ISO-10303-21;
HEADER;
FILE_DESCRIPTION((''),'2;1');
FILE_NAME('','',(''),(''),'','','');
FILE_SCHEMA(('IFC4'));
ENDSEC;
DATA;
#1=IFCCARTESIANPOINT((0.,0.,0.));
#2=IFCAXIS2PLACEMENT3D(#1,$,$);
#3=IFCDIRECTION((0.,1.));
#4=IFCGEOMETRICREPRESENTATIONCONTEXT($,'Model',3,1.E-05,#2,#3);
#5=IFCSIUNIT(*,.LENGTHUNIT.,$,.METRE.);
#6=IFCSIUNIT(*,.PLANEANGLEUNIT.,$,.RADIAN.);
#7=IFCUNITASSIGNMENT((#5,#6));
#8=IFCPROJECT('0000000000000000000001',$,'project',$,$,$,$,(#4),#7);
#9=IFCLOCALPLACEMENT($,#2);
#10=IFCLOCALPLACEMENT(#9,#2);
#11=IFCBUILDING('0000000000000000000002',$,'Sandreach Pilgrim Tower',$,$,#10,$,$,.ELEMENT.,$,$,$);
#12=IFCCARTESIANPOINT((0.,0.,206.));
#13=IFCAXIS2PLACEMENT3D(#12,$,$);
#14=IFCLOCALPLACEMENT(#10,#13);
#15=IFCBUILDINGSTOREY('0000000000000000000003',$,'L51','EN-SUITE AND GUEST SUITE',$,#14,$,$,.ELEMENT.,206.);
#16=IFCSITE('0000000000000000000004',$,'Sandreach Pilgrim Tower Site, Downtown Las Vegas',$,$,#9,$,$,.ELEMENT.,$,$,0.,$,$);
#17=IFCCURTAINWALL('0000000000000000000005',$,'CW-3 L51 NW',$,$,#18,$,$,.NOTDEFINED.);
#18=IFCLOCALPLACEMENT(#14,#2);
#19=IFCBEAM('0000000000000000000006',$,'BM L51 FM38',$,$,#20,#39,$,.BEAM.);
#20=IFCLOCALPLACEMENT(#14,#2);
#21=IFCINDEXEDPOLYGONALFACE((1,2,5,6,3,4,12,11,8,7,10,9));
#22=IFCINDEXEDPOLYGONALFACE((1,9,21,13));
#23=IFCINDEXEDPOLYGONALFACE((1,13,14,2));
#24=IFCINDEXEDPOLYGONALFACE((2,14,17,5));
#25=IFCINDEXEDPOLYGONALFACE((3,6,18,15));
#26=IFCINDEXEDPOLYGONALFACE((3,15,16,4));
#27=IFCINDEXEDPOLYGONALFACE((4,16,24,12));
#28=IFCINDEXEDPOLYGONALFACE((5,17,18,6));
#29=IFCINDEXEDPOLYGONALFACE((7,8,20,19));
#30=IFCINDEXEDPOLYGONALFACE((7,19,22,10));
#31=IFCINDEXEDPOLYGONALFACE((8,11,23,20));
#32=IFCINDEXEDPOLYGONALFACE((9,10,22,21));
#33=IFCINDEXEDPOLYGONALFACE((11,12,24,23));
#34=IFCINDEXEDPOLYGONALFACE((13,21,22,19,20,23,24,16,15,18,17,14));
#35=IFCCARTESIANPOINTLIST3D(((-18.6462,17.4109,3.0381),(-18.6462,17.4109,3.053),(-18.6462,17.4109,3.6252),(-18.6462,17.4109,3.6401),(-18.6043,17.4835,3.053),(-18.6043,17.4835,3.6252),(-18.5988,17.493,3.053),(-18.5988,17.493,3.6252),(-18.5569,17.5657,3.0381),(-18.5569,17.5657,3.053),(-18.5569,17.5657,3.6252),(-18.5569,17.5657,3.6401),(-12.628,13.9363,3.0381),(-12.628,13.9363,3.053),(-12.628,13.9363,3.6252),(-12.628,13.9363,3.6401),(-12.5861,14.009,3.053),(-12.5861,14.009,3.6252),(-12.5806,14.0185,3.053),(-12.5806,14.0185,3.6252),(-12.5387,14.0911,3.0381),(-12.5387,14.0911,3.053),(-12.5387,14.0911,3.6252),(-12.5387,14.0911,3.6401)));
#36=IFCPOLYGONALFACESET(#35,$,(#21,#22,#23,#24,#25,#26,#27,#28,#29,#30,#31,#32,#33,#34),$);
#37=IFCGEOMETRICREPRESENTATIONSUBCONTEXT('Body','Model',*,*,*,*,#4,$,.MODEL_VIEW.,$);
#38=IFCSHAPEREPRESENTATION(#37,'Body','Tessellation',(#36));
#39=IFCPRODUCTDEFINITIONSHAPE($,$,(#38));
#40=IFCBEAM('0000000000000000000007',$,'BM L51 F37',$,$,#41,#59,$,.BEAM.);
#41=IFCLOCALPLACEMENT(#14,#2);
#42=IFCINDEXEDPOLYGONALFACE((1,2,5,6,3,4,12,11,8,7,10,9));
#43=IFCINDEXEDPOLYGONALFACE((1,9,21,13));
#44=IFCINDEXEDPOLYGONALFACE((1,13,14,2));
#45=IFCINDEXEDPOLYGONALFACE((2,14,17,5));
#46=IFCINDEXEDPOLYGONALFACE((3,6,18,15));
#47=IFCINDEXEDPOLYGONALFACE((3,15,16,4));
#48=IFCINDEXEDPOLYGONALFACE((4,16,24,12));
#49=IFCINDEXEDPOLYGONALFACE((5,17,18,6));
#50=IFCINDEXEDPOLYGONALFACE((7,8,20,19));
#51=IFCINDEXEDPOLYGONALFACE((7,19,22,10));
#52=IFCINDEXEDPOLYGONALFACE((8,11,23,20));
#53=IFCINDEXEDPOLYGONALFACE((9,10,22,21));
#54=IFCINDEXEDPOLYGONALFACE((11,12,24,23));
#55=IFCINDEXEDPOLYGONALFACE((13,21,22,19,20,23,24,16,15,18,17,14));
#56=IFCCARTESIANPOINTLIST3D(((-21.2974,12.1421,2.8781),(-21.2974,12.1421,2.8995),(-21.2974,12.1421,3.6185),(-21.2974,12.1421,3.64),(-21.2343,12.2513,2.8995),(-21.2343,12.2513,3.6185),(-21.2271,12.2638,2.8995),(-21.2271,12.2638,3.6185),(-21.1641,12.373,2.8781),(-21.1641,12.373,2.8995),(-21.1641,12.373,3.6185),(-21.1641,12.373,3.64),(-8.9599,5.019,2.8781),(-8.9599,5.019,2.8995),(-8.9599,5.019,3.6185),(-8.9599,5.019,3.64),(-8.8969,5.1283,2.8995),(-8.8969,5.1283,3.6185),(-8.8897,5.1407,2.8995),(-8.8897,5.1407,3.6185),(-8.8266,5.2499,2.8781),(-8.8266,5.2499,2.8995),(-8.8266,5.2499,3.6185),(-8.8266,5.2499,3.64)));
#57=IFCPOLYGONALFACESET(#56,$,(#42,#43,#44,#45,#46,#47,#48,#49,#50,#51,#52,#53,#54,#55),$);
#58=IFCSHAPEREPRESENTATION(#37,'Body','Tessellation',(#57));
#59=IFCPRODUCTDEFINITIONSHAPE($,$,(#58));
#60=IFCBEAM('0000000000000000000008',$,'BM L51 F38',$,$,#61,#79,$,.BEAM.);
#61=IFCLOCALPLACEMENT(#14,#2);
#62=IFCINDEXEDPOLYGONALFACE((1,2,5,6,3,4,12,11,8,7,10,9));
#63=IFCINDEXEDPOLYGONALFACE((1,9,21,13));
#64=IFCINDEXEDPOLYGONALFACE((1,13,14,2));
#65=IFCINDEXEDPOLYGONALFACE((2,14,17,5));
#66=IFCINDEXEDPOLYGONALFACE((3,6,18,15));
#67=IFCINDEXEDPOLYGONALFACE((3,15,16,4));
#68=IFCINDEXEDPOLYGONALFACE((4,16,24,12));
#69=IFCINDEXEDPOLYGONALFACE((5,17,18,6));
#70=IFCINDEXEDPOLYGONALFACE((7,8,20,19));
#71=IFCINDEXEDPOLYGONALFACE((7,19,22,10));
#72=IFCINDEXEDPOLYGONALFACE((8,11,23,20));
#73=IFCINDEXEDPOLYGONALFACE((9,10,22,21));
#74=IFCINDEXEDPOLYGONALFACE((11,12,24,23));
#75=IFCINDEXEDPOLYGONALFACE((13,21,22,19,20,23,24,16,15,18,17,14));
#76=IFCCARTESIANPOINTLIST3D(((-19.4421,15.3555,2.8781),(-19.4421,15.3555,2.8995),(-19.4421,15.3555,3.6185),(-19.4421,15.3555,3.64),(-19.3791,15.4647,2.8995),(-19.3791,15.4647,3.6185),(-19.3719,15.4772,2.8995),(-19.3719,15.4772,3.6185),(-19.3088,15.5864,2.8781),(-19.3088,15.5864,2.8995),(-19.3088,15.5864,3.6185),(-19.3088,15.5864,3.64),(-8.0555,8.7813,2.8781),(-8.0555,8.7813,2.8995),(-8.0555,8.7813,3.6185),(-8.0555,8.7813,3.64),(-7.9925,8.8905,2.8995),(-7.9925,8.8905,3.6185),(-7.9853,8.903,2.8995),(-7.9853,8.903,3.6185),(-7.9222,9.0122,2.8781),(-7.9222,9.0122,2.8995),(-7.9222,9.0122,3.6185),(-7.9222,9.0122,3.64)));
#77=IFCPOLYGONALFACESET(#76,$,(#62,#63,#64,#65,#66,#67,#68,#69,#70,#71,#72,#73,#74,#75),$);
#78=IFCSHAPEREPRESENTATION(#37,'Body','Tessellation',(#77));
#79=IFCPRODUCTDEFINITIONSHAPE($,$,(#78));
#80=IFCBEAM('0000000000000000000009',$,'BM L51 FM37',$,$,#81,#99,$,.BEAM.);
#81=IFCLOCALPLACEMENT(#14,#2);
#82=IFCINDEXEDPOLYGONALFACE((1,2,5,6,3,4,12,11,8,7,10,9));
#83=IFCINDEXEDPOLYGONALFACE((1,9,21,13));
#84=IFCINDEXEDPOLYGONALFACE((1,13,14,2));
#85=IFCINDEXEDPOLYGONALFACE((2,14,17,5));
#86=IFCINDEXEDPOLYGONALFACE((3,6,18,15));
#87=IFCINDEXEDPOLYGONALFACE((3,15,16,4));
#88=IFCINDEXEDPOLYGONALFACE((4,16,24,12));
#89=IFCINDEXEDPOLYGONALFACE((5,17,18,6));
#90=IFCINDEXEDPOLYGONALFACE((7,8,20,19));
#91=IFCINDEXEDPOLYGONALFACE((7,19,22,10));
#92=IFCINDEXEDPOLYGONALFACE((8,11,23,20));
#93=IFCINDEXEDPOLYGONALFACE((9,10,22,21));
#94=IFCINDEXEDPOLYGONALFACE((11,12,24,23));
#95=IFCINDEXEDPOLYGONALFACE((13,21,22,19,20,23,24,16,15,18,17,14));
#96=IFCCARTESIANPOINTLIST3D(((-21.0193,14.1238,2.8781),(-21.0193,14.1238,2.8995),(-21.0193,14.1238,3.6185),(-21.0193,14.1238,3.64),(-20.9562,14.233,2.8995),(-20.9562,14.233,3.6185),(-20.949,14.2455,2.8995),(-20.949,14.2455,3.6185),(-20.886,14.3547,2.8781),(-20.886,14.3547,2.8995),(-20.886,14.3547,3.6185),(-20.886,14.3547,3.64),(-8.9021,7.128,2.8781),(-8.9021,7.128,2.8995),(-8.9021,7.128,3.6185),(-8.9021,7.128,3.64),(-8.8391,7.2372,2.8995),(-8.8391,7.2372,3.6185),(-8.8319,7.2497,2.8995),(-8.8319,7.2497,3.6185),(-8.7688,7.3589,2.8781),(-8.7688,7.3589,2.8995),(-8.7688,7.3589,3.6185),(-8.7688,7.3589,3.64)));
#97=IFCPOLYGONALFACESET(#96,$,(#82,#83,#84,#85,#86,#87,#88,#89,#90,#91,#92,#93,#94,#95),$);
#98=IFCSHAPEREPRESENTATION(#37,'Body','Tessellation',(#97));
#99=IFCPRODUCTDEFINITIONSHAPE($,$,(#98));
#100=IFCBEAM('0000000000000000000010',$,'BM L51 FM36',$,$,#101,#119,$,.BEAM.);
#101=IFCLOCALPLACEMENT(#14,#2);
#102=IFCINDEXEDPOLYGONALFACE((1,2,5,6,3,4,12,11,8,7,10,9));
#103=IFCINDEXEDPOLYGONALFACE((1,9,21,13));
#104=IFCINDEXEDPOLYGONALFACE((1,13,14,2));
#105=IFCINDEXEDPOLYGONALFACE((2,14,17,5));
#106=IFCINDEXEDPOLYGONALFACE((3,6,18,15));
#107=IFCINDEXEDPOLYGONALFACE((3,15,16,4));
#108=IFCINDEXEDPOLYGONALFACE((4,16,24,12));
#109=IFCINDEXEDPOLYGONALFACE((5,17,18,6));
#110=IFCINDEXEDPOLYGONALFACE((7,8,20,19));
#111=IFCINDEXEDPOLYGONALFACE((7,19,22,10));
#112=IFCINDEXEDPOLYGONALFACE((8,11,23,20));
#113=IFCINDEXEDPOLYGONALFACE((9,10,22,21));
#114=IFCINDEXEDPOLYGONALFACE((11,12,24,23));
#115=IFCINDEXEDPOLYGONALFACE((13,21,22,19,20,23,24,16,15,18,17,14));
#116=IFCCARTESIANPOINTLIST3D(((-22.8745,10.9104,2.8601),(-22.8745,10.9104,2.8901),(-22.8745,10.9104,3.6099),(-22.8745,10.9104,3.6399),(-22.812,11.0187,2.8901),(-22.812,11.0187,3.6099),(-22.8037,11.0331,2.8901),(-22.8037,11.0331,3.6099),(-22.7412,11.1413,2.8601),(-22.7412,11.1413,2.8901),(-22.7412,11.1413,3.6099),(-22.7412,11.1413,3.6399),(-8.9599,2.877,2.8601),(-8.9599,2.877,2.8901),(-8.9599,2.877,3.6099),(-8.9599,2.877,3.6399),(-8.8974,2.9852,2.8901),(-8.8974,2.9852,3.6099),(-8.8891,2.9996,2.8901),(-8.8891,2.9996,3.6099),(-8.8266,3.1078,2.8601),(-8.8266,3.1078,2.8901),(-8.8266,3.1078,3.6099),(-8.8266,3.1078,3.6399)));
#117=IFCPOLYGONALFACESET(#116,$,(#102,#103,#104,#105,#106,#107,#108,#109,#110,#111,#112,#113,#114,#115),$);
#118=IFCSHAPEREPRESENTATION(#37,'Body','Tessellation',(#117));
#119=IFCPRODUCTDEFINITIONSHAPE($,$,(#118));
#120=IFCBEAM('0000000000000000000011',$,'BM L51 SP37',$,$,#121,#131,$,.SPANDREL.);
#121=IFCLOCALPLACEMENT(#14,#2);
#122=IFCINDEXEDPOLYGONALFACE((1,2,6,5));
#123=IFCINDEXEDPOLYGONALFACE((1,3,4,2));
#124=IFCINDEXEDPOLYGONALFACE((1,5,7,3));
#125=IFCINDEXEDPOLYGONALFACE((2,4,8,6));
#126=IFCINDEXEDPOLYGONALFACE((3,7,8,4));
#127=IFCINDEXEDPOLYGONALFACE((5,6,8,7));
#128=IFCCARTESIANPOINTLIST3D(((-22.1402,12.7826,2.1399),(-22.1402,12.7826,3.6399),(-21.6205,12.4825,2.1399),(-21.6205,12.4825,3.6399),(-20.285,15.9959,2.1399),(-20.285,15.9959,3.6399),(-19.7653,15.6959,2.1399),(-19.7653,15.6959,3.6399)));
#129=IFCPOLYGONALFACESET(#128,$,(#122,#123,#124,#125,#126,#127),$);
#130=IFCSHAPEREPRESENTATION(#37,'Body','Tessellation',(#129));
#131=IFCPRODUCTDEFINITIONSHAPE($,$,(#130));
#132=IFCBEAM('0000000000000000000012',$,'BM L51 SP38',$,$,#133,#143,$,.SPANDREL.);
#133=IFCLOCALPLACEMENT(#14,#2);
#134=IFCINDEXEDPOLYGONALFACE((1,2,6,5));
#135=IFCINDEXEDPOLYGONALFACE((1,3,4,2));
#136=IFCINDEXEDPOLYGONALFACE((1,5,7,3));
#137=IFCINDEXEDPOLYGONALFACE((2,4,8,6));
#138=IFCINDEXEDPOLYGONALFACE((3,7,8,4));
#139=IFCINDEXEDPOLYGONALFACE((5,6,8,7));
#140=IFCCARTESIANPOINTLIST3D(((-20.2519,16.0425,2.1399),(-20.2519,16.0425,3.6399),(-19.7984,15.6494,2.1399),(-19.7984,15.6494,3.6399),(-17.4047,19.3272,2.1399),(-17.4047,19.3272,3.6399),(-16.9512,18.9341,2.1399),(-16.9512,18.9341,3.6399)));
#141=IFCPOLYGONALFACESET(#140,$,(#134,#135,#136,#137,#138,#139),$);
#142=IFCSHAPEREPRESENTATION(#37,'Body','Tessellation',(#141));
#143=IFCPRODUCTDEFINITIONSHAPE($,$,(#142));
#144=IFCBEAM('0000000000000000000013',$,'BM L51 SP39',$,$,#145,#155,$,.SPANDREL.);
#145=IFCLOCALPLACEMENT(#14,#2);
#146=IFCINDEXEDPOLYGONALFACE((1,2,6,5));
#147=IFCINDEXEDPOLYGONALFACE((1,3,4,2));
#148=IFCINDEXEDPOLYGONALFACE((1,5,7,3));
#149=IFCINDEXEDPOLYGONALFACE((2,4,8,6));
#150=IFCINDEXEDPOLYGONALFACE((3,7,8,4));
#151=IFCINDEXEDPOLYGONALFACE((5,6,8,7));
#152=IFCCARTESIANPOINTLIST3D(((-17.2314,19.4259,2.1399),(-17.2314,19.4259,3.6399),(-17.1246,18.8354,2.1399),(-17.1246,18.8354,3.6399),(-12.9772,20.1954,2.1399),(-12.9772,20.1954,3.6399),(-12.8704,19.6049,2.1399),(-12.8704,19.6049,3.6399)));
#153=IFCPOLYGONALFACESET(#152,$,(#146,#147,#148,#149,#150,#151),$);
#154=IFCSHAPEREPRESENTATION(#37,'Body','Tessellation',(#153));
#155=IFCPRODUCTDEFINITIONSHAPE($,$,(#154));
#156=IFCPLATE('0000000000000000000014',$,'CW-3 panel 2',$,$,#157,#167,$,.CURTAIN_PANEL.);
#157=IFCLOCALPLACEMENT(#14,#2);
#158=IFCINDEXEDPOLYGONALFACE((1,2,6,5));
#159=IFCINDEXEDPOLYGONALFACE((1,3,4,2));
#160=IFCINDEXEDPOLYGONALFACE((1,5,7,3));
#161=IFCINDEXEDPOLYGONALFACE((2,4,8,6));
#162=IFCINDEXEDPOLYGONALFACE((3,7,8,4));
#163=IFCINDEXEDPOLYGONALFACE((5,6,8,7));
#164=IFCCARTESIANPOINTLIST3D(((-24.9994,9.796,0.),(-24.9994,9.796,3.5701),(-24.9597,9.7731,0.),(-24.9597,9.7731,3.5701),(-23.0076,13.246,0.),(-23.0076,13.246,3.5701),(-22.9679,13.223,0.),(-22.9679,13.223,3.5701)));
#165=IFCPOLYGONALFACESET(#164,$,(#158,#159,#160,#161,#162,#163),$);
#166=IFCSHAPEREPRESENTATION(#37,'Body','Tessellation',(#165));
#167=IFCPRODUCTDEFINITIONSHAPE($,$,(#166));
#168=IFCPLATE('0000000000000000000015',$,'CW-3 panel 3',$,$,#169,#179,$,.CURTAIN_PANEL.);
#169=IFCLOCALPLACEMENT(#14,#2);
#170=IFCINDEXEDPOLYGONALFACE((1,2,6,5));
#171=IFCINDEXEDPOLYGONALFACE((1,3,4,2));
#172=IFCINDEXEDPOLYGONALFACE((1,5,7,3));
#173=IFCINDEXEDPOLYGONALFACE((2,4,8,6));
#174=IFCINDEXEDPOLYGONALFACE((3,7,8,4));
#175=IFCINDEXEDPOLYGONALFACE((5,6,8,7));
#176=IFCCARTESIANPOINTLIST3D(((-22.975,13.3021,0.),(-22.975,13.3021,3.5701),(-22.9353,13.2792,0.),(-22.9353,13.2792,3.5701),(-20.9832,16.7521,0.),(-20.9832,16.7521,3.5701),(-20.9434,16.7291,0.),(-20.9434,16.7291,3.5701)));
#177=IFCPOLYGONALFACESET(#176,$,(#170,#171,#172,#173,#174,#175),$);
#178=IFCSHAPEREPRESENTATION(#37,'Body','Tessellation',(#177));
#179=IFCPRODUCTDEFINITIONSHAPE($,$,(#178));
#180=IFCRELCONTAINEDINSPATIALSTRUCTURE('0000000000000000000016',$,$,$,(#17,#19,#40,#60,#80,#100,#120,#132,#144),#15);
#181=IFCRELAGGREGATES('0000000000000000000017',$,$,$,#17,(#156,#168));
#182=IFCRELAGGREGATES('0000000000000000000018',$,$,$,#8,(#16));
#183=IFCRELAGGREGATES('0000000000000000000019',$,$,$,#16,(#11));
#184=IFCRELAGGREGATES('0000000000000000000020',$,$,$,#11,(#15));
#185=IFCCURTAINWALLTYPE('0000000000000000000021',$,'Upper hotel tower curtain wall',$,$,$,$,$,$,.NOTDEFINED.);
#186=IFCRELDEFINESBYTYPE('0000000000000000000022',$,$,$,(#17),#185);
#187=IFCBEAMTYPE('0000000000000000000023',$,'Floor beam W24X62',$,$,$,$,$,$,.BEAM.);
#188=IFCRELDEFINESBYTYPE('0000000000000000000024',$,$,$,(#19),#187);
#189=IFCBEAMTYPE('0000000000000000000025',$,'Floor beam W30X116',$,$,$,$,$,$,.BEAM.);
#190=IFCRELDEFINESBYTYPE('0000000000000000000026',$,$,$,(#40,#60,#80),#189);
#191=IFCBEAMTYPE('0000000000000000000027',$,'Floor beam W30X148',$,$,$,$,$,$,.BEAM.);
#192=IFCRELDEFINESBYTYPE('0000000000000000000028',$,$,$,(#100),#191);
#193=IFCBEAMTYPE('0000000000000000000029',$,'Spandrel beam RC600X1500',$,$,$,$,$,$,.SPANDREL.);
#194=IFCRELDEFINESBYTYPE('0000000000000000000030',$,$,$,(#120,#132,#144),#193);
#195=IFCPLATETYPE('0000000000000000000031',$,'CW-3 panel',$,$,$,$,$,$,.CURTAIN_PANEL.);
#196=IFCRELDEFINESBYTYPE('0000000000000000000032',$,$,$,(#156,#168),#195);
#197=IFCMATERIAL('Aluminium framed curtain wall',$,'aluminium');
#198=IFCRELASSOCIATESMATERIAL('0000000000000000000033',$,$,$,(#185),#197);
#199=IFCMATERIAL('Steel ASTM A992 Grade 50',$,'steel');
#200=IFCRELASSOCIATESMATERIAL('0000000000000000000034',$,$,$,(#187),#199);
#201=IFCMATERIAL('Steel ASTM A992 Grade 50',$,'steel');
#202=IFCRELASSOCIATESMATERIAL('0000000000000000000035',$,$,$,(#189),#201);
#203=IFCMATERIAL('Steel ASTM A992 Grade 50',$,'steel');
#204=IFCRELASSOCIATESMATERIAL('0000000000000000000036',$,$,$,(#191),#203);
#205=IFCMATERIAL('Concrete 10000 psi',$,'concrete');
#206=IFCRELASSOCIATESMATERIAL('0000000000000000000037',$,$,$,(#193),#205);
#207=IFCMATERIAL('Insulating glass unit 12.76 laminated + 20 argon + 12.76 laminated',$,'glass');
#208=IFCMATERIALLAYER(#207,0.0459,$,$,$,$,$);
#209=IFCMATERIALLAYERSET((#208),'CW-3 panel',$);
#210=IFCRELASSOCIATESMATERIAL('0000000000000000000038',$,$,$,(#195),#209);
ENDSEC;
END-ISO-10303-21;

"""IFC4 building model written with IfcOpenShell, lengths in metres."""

from ifc_helpers import new_model, si_unit, direction, frame, origin, origin_2d, place, context, subcontext, project, spatial, rectangle, i_section, extrude, material, layer, layer_set, material_profile, profile_set, type_object, element, aggregate, save


model = new_model("IFC4")

# Units and contexts
model_context = context("Model", 3, precision=1e-05, world=origin(), true_north=direction((0.0, 1.0)))
body_context = subcontext(model_context, "Body", "Model", "MODEL_VIEW")
ifc_project = project(units=[si_unit("LENGTHUNIT", "METRE"), si_unit("PLANEANGLEUNIT", "RADIAN")], contexts=[model_context])

# Site, building, storey
site_placement = place(None, origin())
site = spatial("IfcSite", under=ifc_project, at=site_placement, Name="Sandreach Pilgrim Tower Site, Downtown Las Vegas", CompositionType="ELEMENT", RefElevation=0.0)
building_placement = place(site_placement, origin())
building = spatial("IfcBuilding", under=site, at=building_placement, Name="Sandreach Pilgrim Tower", CompositionType="ELEMENT")
storey_placement = place(building_placement, frame((0.0, 0.0, 206.0)))
storey = spatial("IfcBuildingStorey", under=building, at=storey_placement, Name="L51", Description="EN-SUITE AND GUEST SUITE", CompositionType="ELEMENT", Elevation=206.0)

# Shared definitions
ifc_material_1 = material(Name="Aluminium framed curtain wall", Category="aluminium")
curtain_wall_type = type_object("IfcCurtainWallType", Name="Upper hotel tower curtain wall", PredefinedType="NOTDEFINED", material=ifc_material_1)

# Curtain wall
curtain_wall_1_placement = place(storey_placement, origin())
curtain_wall_1 = element("IfcCurtainWall", 1, at=curtain_wall_1_placement, inside=storey, type_object=curtain_wall_type, Name="CW-3 L51 NW", PredefinedType="NOTDEFINED")

# Beams
ifc_material_2 = material(Name="Steel ASTM A992 Grade 50", Category="steel")
ifc_material_profile_1 = material_profile(ifc_material_2, i_section(OverallWidth=0.1787, OverallDepth=0.6021, WebThickness=0.011, FlangeThickness=0.0149, at=origin_2d()), Name="W24X62")
ifc_profile_set_1 = profile_set([ifc_material_profile_1], Name="Steel ASTM A992 Grade 50")
beam_type_1 = type_object("IfcBeamType", Name="Floor beam W24X62", PredefinedType="BEAM", material=ifc_profile_set_1)
beam_1_placement = place(storey_placement, frame((-18.6016, 17.4883, 3.3391), z_axis=(0.866029, -0.499993, 0.0), x_axis=(0.499993, 0.866029, 0.0)))
element("IfcBeam", 2, at=beam_1_placement, inside=storey, type_object=beam_type_1, Name="BM L51 FM38", PredefinedType="BEAM", context=body_context, shape_type="SweptSolid", body=[
    extrude(i_section(OverallWidth=0.1787, OverallDepth=0.6021, WebThickness=0.011, FlangeThickness=0.0149, at=origin_2d()), origin(), (0.0, 0.0, 1.0), 6.9492),
])
ifc_material_3 = material(Name="Steel ASTM A992 Grade 50", Category="steel")
ifc_material_profile_2 = material_profile(ifc_material_3, i_section(OverallWidth=0.2666, OverallDepth=0.762, WebThickness=0.0144, FlangeThickness=0.0215, at=origin_2d()), Name="W30X116")
ifc_profile_set_2 = profile_set([ifc_material_profile_2], Name="Steel ASTM A992 Grade 50")
beam_type_2 = type_object("IfcBeamType", Name="Floor beam W30X116", PredefinedType="BEAM", material=ifc_profile_set_2)
beam_2_placement = place(storey_placement, frame((-21.2307, 12.2576, 3.259), z_axis=(0.866024, -0.500002, 0.0), x_axis=(0.500002, 0.866024, 0.0)))
element("IfcBeam", 3, at=beam_2_placement, inside=storey, type_object=beam_type_2, Name="BM L51 F37", PredefinedType="BEAM", context=body_context, shape_type="SweptSolid", body=[
    extrude(i_section(OverallWidth=0.2666, OverallDepth=0.762, WebThickness=0.0144, FlangeThickness=0.0215, at=origin_2d()), origin(), (0.0, 0.0, 1.0), 14.2461),
])
beam_3_placement = place(storey_placement, frame((-19.3755, 15.4709, 3.259), z_axis=(0.866022, -0.500005, 0.0), x_axis=(0.500005, 0.866022, 0.0)))
element("IfcBeam", 4, at=beam_3_placement, inside=storey, type_object=beam_type_2, Name="BM L51 F38", PredefinedType="BEAM", context=body_context, shape_type="SweptSolid", body=[
    extrude(i_section(OverallWidth=0.2666, OverallDepth=0.762, WebThickness=0.0144, FlangeThickness=0.0215, at=origin_2d()), origin(), (0.0, 0.0, 1.0), 13.1482),
])
beam_4_placement = place(storey_placement, frame((-20.9526, 14.2393, 3.259), z_axis=(0.866026, -0.499999, 0.0), x_axis=(0.499999, 0.866026, 0.0)))
element("IfcBeam", 5, at=beam_4_placement, inside=storey, type_object=beam_type_2, Name="BM L51 FM37", PredefinedType="BEAM", context=body_context, shape_type="SweptSolid", body=[
    extrude(i_section(OverallWidth=0.2666, OverallDepth=0.762, WebThickness=0.0144, FlangeThickness=0.0215, at=origin_2d()), origin(), (0.0, 0.0, 1.0), 13.9917),
])
ifc_material_4 = material(Name="Steel ASTM A992 Grade 50", Category="steel")
ifc_material_profile_3 = material_profile(ifc_material_4, i_section(OverallWidth=0.2666, OverallDepth=0.7798, WebThickness=0.0166, FlangeThickness=0.03, at=origin_2d()), Name="W30X148")
ifc_profile_set_3 = profile_set([ifc_material_profile_3], Name="Steel ASTM A992 Grade 50")
beam_type_3 = type_object("IfcBeamType", Name="Floor beam W30X148", PredefinedType="BEAM", material=ifc_profile_set_3)
beam_5_placement = place(storey_placement, frame((-22.8079, 11.0259, 3.25), z_axis=(0.866029, -0.499994, 0.0), x_axis=(0.499994, 0.866029, 0.0)))
element("IfcBeam", 6, at=beam_5_placement, inside=storey, type_object=beam_type_3, Name="BM L51 FM36", PredefinedType="BEAM", context=body_context, shape_type="SweptSolid", body=[
    extrude(i_section(OverallWidth=0.2666, OverallDepth=0.7798, WebThickness=0.0166, FlangeThickness=0.03, at=origin_2d()), origin(), (0.0, 0.0, 1.0), 16.0671),
])
ifc_material_5 = material(Name="Concrete 10000 psi", Category="concrete")
ifc_material_profile_4 = material_profile(ifc_material_5, rectangle(XDim=0.6001, YDim=1.5, at=origin_2d()), Name="RC600X1500")
ifc_profile_set_4 = profile_set([ifc_material_profile_4], Name="Concrete 10000 psi")
beam_type_4 = type_object("IfcBeamType", Name="Spandrel beam RC600X1500", PredefinedType="SPANDREL", material=ifc_profile_set_4)
beam_6_placement = place(storey_placement, frame((-21.8804, 12.6326, 2.8899), z_axis=(0.499996, 0.866028, 0.0), x_axis=(-0.866028, 0.499996, 0.0)))
element("IfcBeam", 7, at=beam_6_placement, inside=storey, type_object=beam_type_4, Name="BM L51 SP37", PredefinedType="SPANDREL", context=body_context, shape_type="SweptSolid", body=[
    extrude(rectangle(XDim=0.6001, YDim=1.5, at=origin_2d()), origin(), (0.0, 0.0, 1.0), 3.7104),
])
beam_7_placement = place(storey_placement, frame((-20.0251, 15.8459, 2.8899), z_axis=(0.65499, 0.755637, 0.0), x_axis=(-0.755637, 0.65499, 0.0)))
element("IfcBeam", 8, at=beam_7_placement, inside=storey, type_object=beam_type_4, Name="BM L51 SP38", PredefinedType="SPANDREL", context=body_context, shape_type="SweptSolid", body=[
    extrude(rectangle(XDim=0.6001, YDim=1.5, at=origin_2d()), origin(), (0.0, 0.0, 1.0), 4.3469),
])
beam_8_placement = place(storey_placement, frame((-17.178, 19.1306, 2.8899), z_axis=(0.98403, 0.178001, 0.0), x_axis=(-0.178001, 0.98403, 0.0)))
element("IfcBeam", 9, at=beam_8_placement, inside=storey, type_object=beam_type_4, Name="BM L51 SP39", PredefinedType="SPANDREL", context=body_context, shape_type="SweptSolid", body=[
    extrude(rectangle(XDim=0.6001, YDim=1.5, at=origin_2d()), origin(), (0.0, 0.0, 1.0), 4.3232),
])

# Plates
ifc_material_6 = material(Name="Insulating glass unit 12.76 laminated + 20 argon + 12.76 laminated", Category="glass")
ifc_layer_1 = layer(ifc_material_6, 0.0459)
ifc_layer_set_1 = layer_set([ifc_layer_1], Name="CW-3 panel")
plate_type = type_object("IfcPlateType", Name="CW-3 panel", PredefinedType="CURTAIN_PANEL", material=ifc_layer_set_1)
plate_1_placement = place(storey_placement, frame((-23.9836, 11.5095, 0.0), z_axis=(0.0, 0.0, 1.0), x_axis=(0.5, 0.866025, 0.0)))
plate_1 = element("IfcPlate", 10, at=plate_1_placement, type_object=plate_type, Name="CW-3 panel 2", PredefinedType="CURTAIN_PANEL", context=body_context, shape_type="SweptSolid", body=[
    extrude(rectangle(XDim=3.9836, YDim=0.0459, at=origin_2d()), origin(), (0.0, 0.0, 1.0), 3.5701),
])
plate_2_placement = place(storey_placement, frame((-21.9592, 15.0156, 0.0), z_axis=(0.0, 0.0, 1.0), x_axis=(0.5, 0.866025, 0.0)))
plate_2 = element("IfcPlate", 11, at=plate_2_placement, type_object=plate_type, Name="CW-3 panel 3", PredefinedType="CURTAIN_PANEL", context=body_context, shape_type="SweptSolid", body=[
    extrude(rectangle(XDim=3.9836, YDim=0.0459, at=origin_2d()), origin(), (0.0, 0.0, 1.0), 3.5701),
])
aggregate(curtain_wall_1, [plate_1, plate_2])

save(model, "model.ifc")
